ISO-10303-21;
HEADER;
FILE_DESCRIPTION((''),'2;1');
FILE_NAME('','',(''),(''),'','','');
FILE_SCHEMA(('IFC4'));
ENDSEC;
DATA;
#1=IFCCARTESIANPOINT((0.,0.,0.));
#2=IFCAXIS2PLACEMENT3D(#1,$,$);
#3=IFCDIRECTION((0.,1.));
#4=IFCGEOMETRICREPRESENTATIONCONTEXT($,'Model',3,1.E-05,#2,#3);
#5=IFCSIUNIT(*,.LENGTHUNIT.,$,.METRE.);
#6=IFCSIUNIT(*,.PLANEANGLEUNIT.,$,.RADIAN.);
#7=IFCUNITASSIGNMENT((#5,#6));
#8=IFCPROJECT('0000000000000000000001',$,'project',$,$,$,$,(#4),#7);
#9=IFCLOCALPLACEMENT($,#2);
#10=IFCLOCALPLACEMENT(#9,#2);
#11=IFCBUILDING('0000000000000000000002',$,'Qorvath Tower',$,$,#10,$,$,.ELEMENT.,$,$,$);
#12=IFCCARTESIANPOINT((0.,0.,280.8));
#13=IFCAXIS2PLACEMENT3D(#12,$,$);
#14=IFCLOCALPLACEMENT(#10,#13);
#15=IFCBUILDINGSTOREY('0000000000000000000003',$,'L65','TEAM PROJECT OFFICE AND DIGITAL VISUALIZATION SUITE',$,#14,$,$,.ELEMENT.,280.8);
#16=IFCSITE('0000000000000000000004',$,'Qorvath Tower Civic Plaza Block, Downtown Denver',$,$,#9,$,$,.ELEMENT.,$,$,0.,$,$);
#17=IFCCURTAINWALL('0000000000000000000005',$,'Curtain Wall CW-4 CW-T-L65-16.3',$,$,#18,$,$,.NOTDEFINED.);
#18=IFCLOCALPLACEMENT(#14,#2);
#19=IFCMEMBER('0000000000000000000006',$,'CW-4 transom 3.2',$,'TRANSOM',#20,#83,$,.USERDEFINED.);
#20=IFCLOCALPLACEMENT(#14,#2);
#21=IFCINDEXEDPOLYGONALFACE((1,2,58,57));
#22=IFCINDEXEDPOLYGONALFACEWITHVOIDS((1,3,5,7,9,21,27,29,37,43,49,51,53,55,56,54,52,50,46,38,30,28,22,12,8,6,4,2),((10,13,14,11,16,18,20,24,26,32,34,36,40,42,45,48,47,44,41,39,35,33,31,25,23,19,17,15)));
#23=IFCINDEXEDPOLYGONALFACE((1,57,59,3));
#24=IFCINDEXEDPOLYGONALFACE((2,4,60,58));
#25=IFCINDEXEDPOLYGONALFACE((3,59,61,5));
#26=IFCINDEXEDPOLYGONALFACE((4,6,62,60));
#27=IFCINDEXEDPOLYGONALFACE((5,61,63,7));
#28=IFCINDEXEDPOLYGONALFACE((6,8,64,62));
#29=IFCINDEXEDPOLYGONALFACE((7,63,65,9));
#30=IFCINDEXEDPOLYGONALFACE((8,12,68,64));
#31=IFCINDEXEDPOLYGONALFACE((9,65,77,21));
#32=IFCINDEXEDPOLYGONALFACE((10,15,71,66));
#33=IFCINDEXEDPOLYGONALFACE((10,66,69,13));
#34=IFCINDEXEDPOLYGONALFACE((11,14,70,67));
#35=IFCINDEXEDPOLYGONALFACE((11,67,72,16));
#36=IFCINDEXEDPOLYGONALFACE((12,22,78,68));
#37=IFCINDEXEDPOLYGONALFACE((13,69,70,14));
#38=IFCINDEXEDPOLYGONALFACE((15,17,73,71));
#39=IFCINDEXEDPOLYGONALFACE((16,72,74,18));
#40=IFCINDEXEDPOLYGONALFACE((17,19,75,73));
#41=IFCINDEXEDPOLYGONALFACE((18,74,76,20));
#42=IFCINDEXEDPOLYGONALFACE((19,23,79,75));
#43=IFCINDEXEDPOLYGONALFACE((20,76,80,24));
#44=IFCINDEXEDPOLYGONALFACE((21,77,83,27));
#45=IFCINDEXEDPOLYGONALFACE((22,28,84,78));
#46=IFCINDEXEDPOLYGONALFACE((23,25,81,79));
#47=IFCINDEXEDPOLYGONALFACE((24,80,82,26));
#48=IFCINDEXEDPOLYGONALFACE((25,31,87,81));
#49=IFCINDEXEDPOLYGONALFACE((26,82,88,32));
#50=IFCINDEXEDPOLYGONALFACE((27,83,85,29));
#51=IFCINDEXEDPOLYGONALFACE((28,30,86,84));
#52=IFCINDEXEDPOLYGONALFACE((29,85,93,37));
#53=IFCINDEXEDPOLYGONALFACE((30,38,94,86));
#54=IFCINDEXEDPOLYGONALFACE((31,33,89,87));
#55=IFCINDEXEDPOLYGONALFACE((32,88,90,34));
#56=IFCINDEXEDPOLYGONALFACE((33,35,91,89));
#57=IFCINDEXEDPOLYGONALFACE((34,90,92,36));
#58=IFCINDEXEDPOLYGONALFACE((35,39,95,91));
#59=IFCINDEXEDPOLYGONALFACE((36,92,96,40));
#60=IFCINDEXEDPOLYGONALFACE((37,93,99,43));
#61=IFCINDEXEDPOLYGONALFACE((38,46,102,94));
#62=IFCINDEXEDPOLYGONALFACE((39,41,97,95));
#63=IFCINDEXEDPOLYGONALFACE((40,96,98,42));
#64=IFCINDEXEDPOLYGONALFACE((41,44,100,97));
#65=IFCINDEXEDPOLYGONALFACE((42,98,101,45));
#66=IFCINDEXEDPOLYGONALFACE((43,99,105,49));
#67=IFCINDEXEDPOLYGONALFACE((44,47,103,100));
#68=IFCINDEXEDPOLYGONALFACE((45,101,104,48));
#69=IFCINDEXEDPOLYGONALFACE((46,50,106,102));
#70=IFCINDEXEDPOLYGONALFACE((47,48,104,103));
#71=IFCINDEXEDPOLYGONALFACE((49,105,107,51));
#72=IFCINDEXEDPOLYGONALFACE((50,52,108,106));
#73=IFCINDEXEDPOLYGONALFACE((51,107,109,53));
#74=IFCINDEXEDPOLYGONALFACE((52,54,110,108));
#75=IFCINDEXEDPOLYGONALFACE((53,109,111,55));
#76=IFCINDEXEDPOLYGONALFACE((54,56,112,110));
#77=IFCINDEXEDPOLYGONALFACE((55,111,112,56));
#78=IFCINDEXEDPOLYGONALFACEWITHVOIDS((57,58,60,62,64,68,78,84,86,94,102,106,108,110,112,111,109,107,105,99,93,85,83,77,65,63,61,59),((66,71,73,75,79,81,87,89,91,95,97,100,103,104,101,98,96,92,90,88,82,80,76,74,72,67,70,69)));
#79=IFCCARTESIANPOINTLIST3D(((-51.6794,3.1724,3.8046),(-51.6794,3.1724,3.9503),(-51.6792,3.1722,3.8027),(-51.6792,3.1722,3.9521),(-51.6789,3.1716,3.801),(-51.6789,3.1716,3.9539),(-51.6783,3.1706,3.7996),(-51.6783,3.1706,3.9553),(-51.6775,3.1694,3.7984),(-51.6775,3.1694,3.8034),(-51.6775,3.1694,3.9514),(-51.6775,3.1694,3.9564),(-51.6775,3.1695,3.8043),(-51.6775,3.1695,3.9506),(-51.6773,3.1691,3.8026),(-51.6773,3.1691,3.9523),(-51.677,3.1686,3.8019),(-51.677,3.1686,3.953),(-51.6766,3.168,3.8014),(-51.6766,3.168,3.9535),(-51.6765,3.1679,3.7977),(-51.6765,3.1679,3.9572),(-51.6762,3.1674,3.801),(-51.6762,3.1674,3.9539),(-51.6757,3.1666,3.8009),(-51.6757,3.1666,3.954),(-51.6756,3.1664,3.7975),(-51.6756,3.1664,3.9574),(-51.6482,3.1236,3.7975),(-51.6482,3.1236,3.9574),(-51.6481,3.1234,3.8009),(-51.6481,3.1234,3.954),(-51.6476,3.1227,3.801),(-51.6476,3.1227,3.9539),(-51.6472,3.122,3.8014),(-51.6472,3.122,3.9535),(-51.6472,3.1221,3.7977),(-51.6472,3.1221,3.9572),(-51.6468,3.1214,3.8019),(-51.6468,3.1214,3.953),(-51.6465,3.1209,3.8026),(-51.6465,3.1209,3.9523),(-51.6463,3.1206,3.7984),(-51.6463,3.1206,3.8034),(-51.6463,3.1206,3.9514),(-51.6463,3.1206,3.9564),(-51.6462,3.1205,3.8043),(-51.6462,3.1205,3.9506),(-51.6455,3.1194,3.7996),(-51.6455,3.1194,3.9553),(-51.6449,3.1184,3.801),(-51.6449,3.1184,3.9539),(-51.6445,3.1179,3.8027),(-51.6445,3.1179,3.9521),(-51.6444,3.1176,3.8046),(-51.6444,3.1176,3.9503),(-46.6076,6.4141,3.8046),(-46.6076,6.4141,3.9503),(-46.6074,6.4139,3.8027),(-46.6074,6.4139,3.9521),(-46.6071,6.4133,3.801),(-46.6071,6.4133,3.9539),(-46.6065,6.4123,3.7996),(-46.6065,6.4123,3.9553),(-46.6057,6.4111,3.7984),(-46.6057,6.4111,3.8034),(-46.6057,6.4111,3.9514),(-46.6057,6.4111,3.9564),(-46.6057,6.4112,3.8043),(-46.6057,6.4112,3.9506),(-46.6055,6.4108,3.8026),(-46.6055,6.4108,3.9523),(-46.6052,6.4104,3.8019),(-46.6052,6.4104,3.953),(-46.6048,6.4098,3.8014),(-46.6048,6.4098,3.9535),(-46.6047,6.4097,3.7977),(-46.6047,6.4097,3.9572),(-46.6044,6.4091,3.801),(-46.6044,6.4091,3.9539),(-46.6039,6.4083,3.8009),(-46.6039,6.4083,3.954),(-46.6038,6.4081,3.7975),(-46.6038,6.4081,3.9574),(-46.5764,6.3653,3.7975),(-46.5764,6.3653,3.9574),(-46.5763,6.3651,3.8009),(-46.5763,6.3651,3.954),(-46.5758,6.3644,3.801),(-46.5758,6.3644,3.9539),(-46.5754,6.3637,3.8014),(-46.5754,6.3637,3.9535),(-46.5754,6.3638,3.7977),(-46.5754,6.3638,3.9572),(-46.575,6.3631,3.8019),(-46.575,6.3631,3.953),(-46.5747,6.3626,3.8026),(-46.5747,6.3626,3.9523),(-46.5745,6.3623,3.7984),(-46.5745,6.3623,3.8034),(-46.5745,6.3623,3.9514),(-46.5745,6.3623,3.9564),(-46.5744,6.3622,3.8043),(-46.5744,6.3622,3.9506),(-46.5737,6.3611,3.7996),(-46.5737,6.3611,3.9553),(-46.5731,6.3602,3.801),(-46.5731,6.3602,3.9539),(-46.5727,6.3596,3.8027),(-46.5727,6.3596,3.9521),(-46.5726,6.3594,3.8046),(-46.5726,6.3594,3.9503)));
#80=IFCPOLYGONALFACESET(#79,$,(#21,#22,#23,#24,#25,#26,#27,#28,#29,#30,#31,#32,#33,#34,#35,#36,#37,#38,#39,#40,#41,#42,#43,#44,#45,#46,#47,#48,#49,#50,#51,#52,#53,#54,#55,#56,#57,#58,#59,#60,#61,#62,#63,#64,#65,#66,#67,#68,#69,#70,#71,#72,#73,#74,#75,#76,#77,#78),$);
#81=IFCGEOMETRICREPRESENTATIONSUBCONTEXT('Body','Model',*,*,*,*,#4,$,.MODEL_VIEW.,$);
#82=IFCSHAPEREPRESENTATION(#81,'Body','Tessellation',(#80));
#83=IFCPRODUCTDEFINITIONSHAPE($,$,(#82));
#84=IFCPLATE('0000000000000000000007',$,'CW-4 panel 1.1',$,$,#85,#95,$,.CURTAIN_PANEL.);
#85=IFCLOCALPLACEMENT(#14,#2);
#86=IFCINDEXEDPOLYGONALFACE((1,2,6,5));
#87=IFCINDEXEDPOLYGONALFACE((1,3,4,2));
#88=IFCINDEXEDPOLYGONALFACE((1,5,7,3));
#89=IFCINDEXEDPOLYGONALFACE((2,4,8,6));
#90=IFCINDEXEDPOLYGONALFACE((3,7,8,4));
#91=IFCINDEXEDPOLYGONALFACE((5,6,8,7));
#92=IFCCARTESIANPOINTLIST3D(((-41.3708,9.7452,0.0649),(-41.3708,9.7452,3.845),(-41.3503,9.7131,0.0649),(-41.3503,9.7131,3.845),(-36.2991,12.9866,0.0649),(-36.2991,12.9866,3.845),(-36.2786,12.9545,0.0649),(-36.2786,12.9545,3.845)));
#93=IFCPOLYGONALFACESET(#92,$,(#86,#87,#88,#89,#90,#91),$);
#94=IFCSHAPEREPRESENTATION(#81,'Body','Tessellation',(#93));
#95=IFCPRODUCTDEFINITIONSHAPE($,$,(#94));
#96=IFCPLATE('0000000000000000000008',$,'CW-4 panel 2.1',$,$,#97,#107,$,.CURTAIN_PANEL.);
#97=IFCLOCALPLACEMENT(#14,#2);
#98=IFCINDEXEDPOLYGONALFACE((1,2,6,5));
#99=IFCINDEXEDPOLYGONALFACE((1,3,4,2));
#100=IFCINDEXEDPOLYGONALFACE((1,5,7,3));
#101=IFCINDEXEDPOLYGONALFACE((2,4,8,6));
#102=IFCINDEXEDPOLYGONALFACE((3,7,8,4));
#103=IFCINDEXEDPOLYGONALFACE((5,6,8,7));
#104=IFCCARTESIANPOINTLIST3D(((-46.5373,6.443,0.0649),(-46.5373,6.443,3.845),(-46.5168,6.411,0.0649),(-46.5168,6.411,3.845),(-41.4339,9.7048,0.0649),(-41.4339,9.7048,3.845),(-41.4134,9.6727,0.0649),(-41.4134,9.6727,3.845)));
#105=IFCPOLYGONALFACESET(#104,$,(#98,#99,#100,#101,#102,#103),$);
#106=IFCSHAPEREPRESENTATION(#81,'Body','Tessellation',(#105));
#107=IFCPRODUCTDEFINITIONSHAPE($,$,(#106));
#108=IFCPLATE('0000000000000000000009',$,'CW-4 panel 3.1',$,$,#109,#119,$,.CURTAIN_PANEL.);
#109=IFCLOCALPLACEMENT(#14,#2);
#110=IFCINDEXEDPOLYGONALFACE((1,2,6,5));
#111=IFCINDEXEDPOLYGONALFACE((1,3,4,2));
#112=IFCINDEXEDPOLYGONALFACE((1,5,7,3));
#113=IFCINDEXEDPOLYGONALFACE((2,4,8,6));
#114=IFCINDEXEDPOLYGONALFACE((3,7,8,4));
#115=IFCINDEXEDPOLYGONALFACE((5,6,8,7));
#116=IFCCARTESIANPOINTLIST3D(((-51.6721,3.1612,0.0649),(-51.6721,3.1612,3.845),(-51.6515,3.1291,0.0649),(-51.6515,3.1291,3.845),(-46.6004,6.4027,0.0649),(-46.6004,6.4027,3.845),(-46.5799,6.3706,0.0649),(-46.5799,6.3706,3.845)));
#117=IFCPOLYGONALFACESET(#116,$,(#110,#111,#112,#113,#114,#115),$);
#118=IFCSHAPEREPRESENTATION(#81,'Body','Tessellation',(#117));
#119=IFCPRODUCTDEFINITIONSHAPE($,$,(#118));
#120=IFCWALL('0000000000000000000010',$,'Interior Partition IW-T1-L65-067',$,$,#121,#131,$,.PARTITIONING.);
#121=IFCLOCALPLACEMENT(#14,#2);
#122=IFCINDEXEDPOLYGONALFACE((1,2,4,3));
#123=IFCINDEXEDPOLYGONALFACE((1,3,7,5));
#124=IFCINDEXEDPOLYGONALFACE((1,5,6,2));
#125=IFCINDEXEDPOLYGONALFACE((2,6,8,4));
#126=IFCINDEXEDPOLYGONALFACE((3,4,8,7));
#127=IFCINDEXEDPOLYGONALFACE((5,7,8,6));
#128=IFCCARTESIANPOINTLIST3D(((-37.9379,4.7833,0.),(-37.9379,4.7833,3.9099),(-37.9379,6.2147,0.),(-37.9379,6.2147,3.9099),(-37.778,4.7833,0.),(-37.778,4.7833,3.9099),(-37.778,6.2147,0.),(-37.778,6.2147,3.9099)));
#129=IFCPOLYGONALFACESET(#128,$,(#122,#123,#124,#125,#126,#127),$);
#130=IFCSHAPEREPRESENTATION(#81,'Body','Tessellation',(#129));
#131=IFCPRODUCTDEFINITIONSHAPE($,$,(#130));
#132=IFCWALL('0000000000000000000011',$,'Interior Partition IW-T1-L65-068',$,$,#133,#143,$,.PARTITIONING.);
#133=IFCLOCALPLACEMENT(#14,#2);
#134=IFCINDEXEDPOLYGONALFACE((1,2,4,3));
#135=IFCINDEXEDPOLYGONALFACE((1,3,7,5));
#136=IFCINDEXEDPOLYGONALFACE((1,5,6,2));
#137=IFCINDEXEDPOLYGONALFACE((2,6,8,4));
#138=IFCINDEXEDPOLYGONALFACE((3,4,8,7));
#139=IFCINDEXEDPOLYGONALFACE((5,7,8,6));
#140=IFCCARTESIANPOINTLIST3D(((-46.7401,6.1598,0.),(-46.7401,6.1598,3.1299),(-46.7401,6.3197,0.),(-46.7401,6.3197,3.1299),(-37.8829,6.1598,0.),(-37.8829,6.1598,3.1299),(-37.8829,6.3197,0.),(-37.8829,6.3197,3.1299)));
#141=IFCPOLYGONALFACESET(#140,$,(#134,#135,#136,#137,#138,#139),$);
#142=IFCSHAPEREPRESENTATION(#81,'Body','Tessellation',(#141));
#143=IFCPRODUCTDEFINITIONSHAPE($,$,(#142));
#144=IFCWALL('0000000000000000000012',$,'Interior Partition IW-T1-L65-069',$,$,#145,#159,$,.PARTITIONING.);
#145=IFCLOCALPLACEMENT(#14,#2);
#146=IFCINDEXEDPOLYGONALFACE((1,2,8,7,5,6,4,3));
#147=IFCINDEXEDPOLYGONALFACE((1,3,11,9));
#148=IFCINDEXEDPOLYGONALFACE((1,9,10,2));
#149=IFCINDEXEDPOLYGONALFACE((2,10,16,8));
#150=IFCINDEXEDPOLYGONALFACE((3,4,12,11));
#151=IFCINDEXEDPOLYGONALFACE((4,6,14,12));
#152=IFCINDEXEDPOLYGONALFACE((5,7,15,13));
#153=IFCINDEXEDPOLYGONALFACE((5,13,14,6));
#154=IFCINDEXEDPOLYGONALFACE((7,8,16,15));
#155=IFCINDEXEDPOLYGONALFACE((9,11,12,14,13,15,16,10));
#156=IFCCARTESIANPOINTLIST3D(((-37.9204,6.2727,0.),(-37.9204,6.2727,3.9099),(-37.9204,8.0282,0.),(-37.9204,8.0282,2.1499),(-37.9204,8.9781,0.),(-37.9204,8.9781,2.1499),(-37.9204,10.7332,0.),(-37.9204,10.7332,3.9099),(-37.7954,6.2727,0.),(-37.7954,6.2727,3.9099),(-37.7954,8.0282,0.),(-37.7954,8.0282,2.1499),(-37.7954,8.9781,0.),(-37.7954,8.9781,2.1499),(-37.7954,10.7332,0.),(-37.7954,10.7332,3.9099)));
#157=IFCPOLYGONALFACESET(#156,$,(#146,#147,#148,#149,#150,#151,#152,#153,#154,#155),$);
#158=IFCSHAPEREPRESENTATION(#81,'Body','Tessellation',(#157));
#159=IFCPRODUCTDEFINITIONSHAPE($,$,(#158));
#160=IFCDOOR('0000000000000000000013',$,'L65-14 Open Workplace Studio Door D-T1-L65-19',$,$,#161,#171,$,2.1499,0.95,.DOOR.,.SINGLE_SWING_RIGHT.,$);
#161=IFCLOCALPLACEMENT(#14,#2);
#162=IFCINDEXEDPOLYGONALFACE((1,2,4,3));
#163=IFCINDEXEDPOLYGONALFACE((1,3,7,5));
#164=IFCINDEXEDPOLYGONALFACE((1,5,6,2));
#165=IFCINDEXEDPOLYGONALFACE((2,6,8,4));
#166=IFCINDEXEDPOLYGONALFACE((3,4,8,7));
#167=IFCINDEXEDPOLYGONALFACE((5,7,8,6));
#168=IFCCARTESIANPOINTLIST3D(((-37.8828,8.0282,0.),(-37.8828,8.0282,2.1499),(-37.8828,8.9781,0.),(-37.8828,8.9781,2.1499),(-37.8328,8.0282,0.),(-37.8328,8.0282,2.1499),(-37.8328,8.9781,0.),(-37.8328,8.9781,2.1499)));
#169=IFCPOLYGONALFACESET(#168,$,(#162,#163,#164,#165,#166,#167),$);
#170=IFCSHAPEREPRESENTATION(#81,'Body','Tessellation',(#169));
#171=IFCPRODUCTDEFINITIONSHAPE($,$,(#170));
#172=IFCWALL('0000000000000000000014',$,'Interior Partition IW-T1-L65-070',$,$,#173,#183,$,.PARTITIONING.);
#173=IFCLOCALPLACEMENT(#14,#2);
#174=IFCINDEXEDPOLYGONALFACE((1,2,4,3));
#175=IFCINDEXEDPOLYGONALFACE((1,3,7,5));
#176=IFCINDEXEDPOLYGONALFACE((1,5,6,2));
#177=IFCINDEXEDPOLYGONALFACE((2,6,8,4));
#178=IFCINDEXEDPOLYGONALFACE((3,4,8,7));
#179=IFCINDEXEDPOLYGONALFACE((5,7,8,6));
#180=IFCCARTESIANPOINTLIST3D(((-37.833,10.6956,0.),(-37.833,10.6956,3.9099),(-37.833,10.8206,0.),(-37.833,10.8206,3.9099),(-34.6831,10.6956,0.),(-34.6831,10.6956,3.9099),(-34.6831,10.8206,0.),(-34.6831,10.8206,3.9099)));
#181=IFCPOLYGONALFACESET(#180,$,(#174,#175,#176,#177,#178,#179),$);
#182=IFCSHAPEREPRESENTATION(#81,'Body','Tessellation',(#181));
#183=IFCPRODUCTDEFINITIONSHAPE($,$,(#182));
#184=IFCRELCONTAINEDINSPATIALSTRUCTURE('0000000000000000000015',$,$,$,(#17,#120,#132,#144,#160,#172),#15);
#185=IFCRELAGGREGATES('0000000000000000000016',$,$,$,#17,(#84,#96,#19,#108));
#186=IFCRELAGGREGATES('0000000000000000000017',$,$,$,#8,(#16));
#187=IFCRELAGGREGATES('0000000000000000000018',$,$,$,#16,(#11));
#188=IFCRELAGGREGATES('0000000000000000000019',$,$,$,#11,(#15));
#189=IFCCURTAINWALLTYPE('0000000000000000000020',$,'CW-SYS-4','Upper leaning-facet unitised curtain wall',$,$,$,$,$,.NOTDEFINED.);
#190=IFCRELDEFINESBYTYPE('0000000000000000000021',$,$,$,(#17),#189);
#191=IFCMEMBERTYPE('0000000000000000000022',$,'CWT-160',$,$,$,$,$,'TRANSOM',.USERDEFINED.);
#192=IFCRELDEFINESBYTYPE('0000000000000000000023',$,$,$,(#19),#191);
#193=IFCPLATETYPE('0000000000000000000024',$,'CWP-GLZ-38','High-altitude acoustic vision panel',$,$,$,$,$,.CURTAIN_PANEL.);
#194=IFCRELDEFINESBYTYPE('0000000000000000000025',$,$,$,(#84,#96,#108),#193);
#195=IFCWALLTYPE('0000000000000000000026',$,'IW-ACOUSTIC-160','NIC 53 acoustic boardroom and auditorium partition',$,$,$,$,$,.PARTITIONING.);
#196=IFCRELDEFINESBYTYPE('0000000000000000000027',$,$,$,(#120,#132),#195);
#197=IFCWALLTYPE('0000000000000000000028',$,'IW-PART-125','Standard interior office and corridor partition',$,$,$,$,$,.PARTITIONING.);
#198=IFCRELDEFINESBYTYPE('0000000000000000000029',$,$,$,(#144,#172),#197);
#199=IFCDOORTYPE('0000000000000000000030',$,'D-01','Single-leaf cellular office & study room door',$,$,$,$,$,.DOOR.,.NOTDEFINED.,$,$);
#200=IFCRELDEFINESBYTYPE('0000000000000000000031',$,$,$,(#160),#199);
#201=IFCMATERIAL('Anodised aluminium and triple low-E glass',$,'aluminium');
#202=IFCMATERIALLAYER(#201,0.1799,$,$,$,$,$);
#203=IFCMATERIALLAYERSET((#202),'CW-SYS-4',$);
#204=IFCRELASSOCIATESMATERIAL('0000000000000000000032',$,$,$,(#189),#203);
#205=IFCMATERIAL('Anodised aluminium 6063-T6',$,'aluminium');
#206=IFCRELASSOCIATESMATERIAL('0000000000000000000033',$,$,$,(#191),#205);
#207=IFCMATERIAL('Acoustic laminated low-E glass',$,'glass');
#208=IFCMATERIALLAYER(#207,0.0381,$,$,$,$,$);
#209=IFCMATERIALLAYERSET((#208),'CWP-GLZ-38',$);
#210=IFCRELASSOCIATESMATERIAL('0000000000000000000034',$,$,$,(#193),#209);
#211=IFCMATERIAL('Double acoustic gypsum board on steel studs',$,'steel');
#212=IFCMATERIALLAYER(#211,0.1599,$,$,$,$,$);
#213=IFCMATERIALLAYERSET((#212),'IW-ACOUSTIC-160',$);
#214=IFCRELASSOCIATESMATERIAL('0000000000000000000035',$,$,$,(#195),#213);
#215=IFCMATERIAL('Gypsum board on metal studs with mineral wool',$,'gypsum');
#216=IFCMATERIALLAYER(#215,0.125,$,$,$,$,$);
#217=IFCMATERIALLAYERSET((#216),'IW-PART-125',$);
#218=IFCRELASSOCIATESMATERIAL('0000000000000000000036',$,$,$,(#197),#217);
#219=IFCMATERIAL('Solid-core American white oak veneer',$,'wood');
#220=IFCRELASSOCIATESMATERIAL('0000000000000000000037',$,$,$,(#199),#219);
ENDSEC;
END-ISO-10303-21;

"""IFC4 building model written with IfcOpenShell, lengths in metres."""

from ifc_helpers import new_model, si_unit, direction, frame, frame_2d, origin, origin_2d, place, context, subcontext, project, spatial, rectangle, hollow_rectangle, extrude, material, layer, layer_set, material_profile, profile_set, type_object, element, fill, aggregate, save


model = new_model("IFC4")

# Units and contexts
model_context = context("Model", 3, precision=1e-05, world=origin(), true_north=direction((0.0, 1.0)))
body_context = subcontext(model_context, "Body", "Model", "MODEL_VIEW")
ifc_project = project(units=[si_unit("LENGTHUNIT", "METRE"), si_unit("PLANEANGLEUNIT", "RADIAN")], contexts=[model_context])

# Site, building, storey
site_placement = place(None, origin())
site = spatial("IfcSite", under=ifc_project, at=site_placement, Name="Qorvath Tower Civic Plaza Block, Downtown Denver", CompositionType="ELEMENT", RefElevation=0.0)
building_placement = place(site_placement, origin())
building = spatial("IfcBuilding", under=site, at=building_placement, Name="Qorvath Tower", CompositionType="ELEMENT")
storey_placement = place(building_placement, frame((0.0, 0.0, 280.8)))
storey = spatial("IfcBuildingStorey", under=building, at=storey_placement, Name="L65", Description="TEAM PROJECT OFFICE AND DIGITAL VISUALIZATION SUITE", CompositionType="ELEMENT", Elevation=280.8)

# Shared definitions
ifc_material_1 = material(Name="Anodised aluminium and triple low-E glass", Category="aluminium")
ifc_layer_1 = layer(ifc_material_1, 0.1799)
ifc_layer_set_1 = layer_set([ifc_layer_1], Name="CW-SYS-4")
curtain_wall_type = type_object("IfcCurtainWallType", Name="CW-SYS-4", Description="Upper leaning-facet unitised curtain wall", PredefinedType="NOTDEFINED", material=ifc_layer_set_1)

# Curtain wall, member, plates
curtain_wall_1_placement = place(storey_placement, origin())
curtain_wall_1 = element("IfcCurtainWall", 1, at=curtain_wall_1_placement, inside=storey, type_object=curtain_wall_type, Name="Curtain Wall CW-4 CW-T-L65-16.3", PredefinedType="NOTDEFINED")
ifc_material_2 = material(Name="Anodised aluminium 6063-T6", Category="aluminium")
ifc_material_profile_1 = material_profile(ifc_material_2, hollow_rectangle(XDim=0.0649, YDim=0.1599, WallThickness=0.0034, InnerFilletRadius=0.0034, OuterFilletRadius=0.0071, at=origin_2d()), Name="CWT 160x65")
ifc_profile_set_1 = profile_set([ifc_material_profile_1], Name="Anodised aluminium 6063-T6")
member_type_1 = type_object("IfcMemberType", Name="CWT-160", ElementType="TRANSOM", PredefinedType="USERDEFINED", material=ifc_profile_set_1)
member_1_placement = place(storey_placement, frame((-46.5901, 6.3867, 3.8774), z_axis=(-0.842591, -0.538554, 0.0), x_axis=(0.538554, -0.842591, 0.0)))
member_1 = element("IfcMember", 2, at=member_1_placement, type_object=member_type_1, Name="CW-4 transom 3.2", ObjectType="TRANSOM", PredefinedType="USERDEFINED", context=body_context, shape_type="SweptSolid", body=[
    extrude(hollow_rectangle(XDim=0.0649, YDim=0.1599, WallThickness=0.0034, InnerFilletRadius=0.0034, OuterFilletRadius=0.0071, at=origin_2d()), origin(), (0.0, 0.0, 1.0), 6.0193),
])
ifc_material_3 = material(Name="Acoustic laminated low-E glass", Category="glass")
ifc_layer_2 = layer(ifc_material_3, 0.0381)
ifc_layer_set_2 = layer_set([ifc_layer_2], Name="CWP-GLZ-38")
plate_type = type_object("IfcPlateType", Name="CWP-GLZ-38", Description="High-altitude acoustic vision panel", PredefinedType="CURTAIN_PANEL", material=ifc_layer_set_2)
plate_1_placement = place(storey_placement, frame((-38.8247, 11.3499, 0.0649), z_axis=(0.0, 0.0, 1.0), x_axis=(-0.842601, -0.538538, 0.0)))
plate_1 = element("IfcPlate", 3, at=plate_1_placement, type_object=plate_type, Name="CW-4 panel 1.1", PredefinedType="CURTAIN_PANEL", context=body_context, shape_type="SweptSolid", body=[
    extrude(rectangle(XDim=6.019, YDim=0.0381, at=origin_2d()), origin(), (0.0, 0.0, 1.0), 3.78),
])
plate_2_placement = place(storey_placement, frame((-43.9753, 8.0579, 0.0649), z_axis=(0.0, 0.0, 1.0), x_axis=(-0.842601, -0.538538, 0.0)))
plate_2 = element("IfcPlate", 4, at=plate_2_placement, type_object=plate_type, Name="CW-4 panel 2.1", PredefinedType="CURTAIN_PANEL", context=body_context, shape_type="SweptSolid", body=[
    extrude(rectangle(XDim=6.0566, YDim=0.0381, at=origin_2d()), origin(), (0.0, 0.0, 1.0), 3.78),
])
plate_3_placement = place(storey_placement, frame((-49.126, 4.7659, 0.0649), z_axis=(0.0, 0.0, 1.0), x_axis=(-0.842601, -0.538538, 0.0)))
plate_3 = element("IfcPlate", 5, at=plate_3_placement, type_object=plate_type, Name="CW-4 panel 3.1", PredefinedType="CURTAIN_PANEL", context=body_context, shape_type="SweptSolid", body=[
    extrude(rectangle(XDim=6.019, YDim=0.0381, at=origin_2d()), origin(), (0.0, 0.0, 1.0), 3.78),
])
aggregate(curtain_wall_1, [plate_1, plate_2, member_1, plate_3])

# Walls
ifc_material_4 = material(Name="Double acoustic gypsum board on steel studs", Category="steel")
ifc_layer_3 = layer(ifc_material_4, 0.1599)
ifc_layer_set_3 = layer_set([ifc_layer_3], Name="IW-ACOUSTIC-160")
wall_type_1 = type_object("IfcWallType", Name="IW-ACOUSTIC-160", Description="NIC 53 acoustic boardroom and auditorium partition", PredefinedType="PARTITIONING", material=ifc_layer_set_3)
wall_1_placement = place(storey_placement, frame((-37.8579, 4.7832, 0.0), z_axis=(0.0, 0.0, 1.0), x_axis=(0.0, 1.0, 0.0)))
element("IfcWall", 6, at=wall_1_placement, inside=storey, type_object=wall_type_1, Name="Interior Partition IW-T1-L65-067", PredefinedType="PARTITIONING", context=body_context, shape_type="SweptSolid", body=[
    extrude(rectangle(XDim=1.4314, YDim=0.1599, at=frame_2d((0.7158, 0.0))), origin(), (0.0, 0.0, 1.0), 3.9099),
])
wall_2_placement = place(storey_placement, frame((-37.8828, 6.2397, 0.0), z_axis=(0.0, 0.0, 1.0), x_axis=(-1.0, 0.0, 0.0)))
element("IfcWall", 7, at=wall_2_placement, inside=storey, type_object=wall_type_1, Name="Interior Partition IW-T1-L65-068", PredefinedType="PARTITIONING", context=body_context, shape_type="SweptSolid", body=[
    extrude(rectangle(XDim=8.8572, YDim=0.1599, at=frame_2d((4.4287, 0.0))), origin(), (0.0, 0.0, 1.0), 3.1299),
])

# Wall, opening, door
ifc_material_5 = material(Name="Gypsum board on metal studs with mineral wool", Category="gypsum")
ifc_layer_4 = layer(ifc_material_5, 0.125)
ifc_layer_set_4 = layer_set([ifc_layer_4], Name="IW-PART-125")
wall_type_2 = type_object("IfcWallType", Name="IW-PART-125", Description="Standard interior office and corridor partition", PredefinedType="PARTITIONING", material=ifc_layer_set_4)
wall_3_placement = place(storey_placement, frame((-37.8579, 6.2727, 0.0), z_axis=(0.0, 0.0, 1.0), x_axis=(0.0, 1.0, 0.0)))
wall_3 = element("IfcWall", 8, at=wall_3_placement, inside=storey, type_object=wall_type_2, Name="Interior Partition IW-T1-L65-069", PredefinedType="PARTITIONING", context=body_context, shape_type="SweptSolid", body=[
    extrude(rectangle(XDim=4.4604, YDim=0.125, at=frame_2d((2.2302, 0.0))), origin(), (0.0, 0.0, 1.0), 3.9099),
])
opening_placement = place(wall_3_placement, frame((1.7554, 0.0, 0.0)))
opening = element("IfcOpeningElement", 9, at=opening_placement, cuts=wall_3, PredefinedType="OPENING", context=body_context, shape_type="SweptSolid", body=[
    extrude(rectangle(XDim=0.95, YDim=2.1499, at=frame_2d((0.4751, 1.075))), frame((0.0, 0.0725, 0.0), z_axis=(0.0, -1.0, 0.0), x_axis=(1.0, 0.0, 0.0)), (0.0, 0.0, 1.0), 0.145),
])
ifc_material_6 = material(Name="Solid-core American white oak veneer", Category="wood")
door_type = type_object("IfcDoorType", Name="D-01", Description="Single-leaf cellular office & study room door", OperationType="NOTDEFINED", PredefinedType="DOOR", material=ifc_material_6)
door_placement = place(opening_placement, origin())
door = element("IfcDoor", 10, at=door_placement, inside=storey, type_object=door_type, Name="L65-14 Open Workplace Studio Door D-T1-L65-19", OperationType="SINGLE_SWING_RIGHT", OverallHeight=2.1499, OverallWidth=0.95, PredefinedType="DOOR", context=body_context, shape_type="SweptSolid", body=[
    extrude(rectangle(XDim=0.95, YDim=2.1499, at=frame_2d((0.4751, 1.075))), frame((0.0, 0.0249, 0.0), z_axis=(0.0, -1.0, 0.0), x_axis=(1.0, 0.0, 0.0)), (0.0, 0.0, 1.0), 0.05),
])
fill(opening, door)

# Wall
wall_4_placement = place(storey_placement, frame((-34.6831, 10.7581, 0.0), z_axis=(0.0, 0.0, 1.0), x_axis=(-1.0, 0.0, 0.0)))
element("IfcWall", 11, at=wall_4_placement, inside=storey, type_object=wall_type_2, Name="Interior Partition IW-T1-L65-070", PredefinedType="PARTITIONING", context=body_context, shape_type="SweptSolid", body=[
    extrude(rectangle(XDim=3.1499, YDim=0.125, at=frame_2d((1.575, 0.0))), origin(), (0.0, 0.0, 1.0), 3.9099),
])

save(model, "model.ifc")
